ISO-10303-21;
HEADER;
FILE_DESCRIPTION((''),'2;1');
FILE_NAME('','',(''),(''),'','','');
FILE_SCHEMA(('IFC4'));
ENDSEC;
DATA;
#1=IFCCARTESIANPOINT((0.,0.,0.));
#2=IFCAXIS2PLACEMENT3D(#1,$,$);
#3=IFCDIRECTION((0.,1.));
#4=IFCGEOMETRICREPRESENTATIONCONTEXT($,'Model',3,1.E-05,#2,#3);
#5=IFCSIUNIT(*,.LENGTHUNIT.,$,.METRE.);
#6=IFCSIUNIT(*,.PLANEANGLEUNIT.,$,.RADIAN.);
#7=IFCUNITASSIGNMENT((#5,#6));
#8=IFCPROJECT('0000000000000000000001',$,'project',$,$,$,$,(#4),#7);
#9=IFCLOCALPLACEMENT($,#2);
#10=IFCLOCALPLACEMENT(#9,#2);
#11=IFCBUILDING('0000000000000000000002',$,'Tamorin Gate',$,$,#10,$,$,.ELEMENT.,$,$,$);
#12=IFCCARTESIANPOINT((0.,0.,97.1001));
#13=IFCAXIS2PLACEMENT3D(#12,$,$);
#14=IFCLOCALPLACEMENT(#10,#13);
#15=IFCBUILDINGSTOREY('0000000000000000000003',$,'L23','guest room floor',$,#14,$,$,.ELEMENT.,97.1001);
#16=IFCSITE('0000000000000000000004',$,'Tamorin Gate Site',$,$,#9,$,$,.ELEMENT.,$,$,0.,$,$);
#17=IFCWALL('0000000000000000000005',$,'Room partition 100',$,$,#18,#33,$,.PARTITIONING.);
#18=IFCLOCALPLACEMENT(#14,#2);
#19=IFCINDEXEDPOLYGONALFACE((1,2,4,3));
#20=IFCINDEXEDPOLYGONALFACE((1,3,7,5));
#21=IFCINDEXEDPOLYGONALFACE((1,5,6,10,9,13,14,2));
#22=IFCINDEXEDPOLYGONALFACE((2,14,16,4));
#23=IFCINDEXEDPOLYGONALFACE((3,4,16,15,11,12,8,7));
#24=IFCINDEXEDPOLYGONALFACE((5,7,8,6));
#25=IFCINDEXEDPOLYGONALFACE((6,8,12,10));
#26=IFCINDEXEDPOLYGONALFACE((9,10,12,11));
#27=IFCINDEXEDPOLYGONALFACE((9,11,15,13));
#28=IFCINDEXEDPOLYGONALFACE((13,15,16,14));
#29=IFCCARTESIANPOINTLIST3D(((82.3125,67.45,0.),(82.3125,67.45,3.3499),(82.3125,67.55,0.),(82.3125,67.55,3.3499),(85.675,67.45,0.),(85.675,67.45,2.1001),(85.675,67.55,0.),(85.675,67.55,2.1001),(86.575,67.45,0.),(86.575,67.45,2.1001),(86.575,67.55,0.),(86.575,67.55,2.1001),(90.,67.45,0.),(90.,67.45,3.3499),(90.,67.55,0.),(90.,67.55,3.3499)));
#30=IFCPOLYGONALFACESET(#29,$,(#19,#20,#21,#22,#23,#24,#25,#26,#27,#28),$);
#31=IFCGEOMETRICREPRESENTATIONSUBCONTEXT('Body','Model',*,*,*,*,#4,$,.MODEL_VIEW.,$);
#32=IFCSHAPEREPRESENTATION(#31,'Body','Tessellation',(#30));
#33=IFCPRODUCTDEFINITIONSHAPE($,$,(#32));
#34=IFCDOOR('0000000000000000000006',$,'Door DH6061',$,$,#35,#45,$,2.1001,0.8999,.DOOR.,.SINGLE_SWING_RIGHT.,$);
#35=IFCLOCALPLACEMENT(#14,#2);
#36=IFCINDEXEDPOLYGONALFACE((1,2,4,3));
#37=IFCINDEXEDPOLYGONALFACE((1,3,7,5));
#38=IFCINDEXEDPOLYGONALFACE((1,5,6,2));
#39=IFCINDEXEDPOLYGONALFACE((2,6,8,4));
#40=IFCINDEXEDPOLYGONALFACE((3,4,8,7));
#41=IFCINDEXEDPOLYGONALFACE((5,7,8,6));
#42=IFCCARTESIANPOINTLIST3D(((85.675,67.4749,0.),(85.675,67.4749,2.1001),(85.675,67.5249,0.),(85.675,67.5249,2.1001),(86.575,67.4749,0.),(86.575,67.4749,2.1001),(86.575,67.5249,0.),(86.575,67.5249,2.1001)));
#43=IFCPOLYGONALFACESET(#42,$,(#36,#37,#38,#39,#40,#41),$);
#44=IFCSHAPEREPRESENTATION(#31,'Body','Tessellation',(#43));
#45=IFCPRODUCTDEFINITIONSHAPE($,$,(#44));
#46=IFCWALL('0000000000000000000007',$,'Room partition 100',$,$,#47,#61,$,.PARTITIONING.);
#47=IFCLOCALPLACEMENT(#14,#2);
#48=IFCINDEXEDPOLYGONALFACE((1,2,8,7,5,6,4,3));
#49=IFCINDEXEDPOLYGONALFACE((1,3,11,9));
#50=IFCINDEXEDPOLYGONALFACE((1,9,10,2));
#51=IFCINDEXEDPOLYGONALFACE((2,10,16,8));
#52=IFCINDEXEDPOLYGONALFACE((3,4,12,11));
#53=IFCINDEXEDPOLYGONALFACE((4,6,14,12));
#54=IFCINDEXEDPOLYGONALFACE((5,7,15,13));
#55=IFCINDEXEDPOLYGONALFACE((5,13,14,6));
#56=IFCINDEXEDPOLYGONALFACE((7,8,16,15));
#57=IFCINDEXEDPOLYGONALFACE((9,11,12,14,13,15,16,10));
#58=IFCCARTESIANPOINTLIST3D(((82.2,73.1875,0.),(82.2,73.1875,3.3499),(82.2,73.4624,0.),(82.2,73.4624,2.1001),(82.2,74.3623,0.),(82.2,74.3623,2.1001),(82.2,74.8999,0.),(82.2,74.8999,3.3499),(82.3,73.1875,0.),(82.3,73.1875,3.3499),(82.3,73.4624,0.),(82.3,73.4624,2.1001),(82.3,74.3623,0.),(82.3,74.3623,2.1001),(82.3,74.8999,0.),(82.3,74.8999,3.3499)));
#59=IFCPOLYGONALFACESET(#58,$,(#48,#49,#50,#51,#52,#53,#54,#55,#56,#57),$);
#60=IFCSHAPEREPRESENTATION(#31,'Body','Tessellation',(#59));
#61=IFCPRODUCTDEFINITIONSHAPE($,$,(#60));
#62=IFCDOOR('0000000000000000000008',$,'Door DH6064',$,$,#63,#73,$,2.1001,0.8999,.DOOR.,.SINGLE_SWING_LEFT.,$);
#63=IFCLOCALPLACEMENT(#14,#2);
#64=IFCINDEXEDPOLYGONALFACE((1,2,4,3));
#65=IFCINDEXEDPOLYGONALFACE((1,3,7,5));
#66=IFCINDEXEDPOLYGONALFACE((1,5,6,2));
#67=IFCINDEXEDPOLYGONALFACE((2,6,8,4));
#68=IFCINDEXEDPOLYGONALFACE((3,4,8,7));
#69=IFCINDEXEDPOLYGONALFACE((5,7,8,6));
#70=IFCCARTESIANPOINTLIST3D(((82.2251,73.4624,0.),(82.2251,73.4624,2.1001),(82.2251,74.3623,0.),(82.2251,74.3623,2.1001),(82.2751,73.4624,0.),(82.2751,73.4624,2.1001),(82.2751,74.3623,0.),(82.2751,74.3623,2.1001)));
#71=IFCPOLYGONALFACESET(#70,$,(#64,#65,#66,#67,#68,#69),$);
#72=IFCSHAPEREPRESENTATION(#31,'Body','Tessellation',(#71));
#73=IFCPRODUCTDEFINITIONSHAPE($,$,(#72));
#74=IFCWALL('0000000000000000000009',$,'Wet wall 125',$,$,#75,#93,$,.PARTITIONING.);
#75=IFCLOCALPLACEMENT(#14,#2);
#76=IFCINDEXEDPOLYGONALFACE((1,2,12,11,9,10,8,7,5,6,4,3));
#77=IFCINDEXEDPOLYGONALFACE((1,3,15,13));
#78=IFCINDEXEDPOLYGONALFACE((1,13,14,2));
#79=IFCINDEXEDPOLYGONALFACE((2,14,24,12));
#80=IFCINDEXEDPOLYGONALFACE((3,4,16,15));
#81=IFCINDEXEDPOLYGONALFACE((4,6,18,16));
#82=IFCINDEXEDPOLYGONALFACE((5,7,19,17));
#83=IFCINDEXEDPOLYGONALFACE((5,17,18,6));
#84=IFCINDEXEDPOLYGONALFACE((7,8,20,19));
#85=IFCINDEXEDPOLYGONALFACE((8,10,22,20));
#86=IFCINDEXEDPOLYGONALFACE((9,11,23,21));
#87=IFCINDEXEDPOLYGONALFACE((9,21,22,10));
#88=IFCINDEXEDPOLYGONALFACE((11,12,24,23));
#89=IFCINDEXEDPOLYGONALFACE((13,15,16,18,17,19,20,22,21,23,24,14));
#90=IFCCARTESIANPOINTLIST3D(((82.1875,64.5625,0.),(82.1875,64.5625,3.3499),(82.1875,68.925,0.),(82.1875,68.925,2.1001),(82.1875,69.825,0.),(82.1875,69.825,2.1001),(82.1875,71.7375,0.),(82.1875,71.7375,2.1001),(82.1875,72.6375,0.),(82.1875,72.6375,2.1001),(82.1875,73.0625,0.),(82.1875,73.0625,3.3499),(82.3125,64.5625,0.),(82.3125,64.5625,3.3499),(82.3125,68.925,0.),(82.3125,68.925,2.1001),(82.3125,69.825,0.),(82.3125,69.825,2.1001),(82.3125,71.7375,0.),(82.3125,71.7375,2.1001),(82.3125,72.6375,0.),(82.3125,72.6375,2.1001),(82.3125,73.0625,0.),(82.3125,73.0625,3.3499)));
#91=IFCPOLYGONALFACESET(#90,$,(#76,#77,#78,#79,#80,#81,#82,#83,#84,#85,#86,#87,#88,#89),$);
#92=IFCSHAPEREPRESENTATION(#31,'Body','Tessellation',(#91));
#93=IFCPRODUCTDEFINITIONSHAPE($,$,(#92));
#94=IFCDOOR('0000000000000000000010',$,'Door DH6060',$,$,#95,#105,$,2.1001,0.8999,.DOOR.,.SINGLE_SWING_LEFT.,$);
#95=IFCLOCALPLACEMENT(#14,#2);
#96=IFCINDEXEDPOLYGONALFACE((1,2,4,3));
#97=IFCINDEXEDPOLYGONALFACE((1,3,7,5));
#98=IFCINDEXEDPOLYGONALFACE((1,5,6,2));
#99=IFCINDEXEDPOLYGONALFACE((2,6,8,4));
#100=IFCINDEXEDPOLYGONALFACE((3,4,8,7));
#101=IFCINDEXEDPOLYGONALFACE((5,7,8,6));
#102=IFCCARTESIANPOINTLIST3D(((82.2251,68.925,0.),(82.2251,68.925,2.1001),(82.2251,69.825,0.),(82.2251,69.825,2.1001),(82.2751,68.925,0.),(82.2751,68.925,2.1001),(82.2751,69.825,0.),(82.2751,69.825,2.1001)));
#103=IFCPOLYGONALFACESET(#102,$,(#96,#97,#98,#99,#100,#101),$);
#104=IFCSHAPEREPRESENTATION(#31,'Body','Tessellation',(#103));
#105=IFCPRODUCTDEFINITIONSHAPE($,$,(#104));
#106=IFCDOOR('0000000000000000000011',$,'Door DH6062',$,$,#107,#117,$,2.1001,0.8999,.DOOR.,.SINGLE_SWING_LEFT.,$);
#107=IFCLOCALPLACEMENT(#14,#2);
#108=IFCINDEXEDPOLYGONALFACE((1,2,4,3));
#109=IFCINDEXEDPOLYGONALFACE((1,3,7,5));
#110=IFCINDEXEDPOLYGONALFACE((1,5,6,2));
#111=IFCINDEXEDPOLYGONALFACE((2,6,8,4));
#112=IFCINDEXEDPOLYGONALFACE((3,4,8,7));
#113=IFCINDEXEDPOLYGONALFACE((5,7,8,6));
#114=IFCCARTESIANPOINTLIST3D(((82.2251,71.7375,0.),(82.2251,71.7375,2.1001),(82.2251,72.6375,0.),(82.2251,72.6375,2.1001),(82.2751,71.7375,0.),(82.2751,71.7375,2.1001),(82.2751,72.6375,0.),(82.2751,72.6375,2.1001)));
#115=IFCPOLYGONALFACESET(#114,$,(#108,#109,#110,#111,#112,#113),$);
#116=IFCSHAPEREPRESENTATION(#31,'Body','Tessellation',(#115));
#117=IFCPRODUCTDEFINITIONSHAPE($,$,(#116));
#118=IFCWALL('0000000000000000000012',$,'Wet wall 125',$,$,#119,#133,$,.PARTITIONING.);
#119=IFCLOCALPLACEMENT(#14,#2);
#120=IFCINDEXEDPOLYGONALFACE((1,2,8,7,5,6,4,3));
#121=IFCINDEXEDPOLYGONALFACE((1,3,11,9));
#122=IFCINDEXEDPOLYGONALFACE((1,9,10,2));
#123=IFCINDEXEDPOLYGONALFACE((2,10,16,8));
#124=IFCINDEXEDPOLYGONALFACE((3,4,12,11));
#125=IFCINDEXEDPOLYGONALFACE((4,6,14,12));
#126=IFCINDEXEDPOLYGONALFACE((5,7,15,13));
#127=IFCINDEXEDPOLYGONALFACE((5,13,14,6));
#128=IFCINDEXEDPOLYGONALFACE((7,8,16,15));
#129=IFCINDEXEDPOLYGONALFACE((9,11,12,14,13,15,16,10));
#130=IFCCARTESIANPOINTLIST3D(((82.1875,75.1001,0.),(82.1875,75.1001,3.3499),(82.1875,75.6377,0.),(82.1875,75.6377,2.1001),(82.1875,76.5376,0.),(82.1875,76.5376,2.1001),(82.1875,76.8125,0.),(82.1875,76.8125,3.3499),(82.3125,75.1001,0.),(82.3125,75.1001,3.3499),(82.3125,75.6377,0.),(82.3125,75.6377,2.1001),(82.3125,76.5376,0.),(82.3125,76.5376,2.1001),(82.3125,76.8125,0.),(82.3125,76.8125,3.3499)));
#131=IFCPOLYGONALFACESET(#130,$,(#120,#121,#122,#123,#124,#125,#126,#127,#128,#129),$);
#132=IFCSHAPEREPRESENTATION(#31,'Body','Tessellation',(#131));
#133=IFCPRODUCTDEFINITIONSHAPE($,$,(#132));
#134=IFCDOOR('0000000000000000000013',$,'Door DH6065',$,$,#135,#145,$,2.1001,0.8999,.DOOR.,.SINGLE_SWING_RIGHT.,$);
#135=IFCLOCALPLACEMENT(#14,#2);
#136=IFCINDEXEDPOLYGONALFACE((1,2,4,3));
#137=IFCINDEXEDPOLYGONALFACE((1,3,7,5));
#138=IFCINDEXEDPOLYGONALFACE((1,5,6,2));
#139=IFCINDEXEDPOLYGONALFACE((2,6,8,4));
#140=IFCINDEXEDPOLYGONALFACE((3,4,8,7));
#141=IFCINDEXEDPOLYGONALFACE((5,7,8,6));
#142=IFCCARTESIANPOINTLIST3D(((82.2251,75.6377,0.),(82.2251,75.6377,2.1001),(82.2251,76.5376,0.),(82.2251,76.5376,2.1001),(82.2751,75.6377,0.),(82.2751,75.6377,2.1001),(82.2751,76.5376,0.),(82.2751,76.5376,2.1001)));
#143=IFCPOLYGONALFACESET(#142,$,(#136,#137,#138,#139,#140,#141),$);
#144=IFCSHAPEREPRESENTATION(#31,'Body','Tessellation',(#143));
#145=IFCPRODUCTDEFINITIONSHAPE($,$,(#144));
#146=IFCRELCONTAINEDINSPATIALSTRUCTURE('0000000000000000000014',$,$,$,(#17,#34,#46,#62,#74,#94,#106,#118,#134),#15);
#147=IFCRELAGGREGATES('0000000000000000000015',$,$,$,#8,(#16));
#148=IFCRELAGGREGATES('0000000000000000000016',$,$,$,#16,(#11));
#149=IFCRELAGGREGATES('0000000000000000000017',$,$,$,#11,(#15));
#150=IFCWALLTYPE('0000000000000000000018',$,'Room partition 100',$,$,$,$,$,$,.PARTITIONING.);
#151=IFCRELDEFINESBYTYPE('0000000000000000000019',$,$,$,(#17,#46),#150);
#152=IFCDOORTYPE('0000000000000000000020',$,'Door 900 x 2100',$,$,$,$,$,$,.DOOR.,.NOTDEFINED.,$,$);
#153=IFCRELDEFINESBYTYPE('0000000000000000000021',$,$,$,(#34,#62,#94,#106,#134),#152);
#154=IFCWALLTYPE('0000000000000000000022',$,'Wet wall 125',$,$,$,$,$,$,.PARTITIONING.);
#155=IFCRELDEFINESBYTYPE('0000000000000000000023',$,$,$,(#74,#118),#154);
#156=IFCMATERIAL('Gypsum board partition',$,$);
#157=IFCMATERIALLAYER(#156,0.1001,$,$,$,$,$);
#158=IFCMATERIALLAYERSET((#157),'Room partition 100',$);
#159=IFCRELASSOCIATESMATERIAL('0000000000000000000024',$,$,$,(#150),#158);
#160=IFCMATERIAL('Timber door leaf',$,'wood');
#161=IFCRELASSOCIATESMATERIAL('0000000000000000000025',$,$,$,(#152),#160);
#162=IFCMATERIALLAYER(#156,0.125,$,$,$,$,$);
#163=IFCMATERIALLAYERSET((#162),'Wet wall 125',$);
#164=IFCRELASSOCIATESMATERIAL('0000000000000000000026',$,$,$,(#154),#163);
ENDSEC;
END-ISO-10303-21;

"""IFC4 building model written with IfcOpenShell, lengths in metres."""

from ifc_helpers import new_model, si_unit, direction, frame, frame_2d, origin, place, context, subcontext, project, spatial, rectangle, extrude, material, layer, layer_set, type_object, element, fill, save


model = new_model("IFC4")

# Units and contexts
model_context = context("Model", 3, precision=1e-05, world=origin(), true_north=direction((0.0, 1.0)))
body_context = subcontext(model_context, "Body", "Model", "MODEL_VIEW")
ifc_project = project(units=[si_unit("LENGTHUNIT", "METRE"), si_unit("PLANEANGLEUNIT", "RADIAN")], contexts=[model_context])

# Site, building, storey
site_placement = place(None, origin())
site = spatial("IfcSite", under=ifc_project, at=site_placement, Name="Tamorin Gate Site", CompositionType="ELEMENT", RefElevation=0.0)
building_placement = place(site_placement, origin())
building = spatial("IfcBuilding", under=site, at=building_placement, Name="Tamorin Gate", CompositionType="ELEMENT")
storey_placement = place(building_placement, frame((0.0, 0.0, 97.1001)))
storey = spatial("IfcBuildingStorey", under=building, at=storey_placement, Name="L23", Description="guest room floor", CompositionType="ELEMENT", Elevation=97.1001)

# Walls, openings, doors
ifc_material_1 = material(Name="Gypsum board partition")
ifc_layer_1 = layer(ifc_material_1, 0.1001)
ifc_layer_set_1 = layer_set([ifc_layer_1], Name="Room partition 100")
wall_type_1 = type_object("IfcWallType", Name="Room partition 100", PredefinedType="PARTITIONING", material=ifc_layer_set_1)
wall_1_placement = place(storey_placement, frame((82.3125, 67.5, 0.0), z_axis=(0.0, 0.0, 1.0), x_axis=(1.0, 0.0, 0.0)))
wall_1 = element("IfcWall", 1, at=wall_1_placement, inside=storey, type_object=wall_type_1, Name="Room partition 100", PredefinedType="PARTITIONING", context=body_context, shape_type="SweptSolid", body=[
    extrude(rectangle(XDim=7.6875, YDim=0.1001, at=frame_2d((3.8438, 0.0))), origin(), (0.0, 0.0, 1.0), 3.3499),
])
opening_1_placement = place(wall_1_placement, frame((3.3625, 0.0, 0.0)))
opening_1 = element("IfcOpeningElement", 2, at=opening_1_placement, cuts=wall_1, PredefinedType="OPENING", context=body_context, shape_type="SweptSolid", body=[
    extrude(rectangle(XDim=0.8999, YDim=2.1001, at=frame_2d((0.45, 1.05))), frame((0.0, 0.0601, 0.0), z_axis=(0.0, -1.0, 0.0), x_axis=(1.0, 0.0, 0.0)), (0.0, 0.0, 1.0), 0.1201),
])
ifc_material_2 = material(Name="Timber door leaf", Category="wood")
door_type = type_object("IfcDoorType", Name="Door 900 x 2100", OperationType="NOTDEFINED", PredefinedType="DOOR", material=ifc_material_2)
door_1_placement = place(opening_1_placement, origin())
door_1 = element("IfcDoor", 3, at=door_1_placement, inside=storey, type_object=door_type, Name="Door DH6061", OperationType="SINGLE_SWING_RIGHT", OverallHeight=2.1001, OverallWidth=0.8999, PredefinedType="DOOR", context=body_context, shape_type="SweptSolid", body=[
    extrude(rectangle(XDim=0.8999, YDim=2.1001, at=frame_2d((0.45, 1.05))), frame((0.0, 0.0249, 0.0), z_axis=(0.0, -1.0, 0.0), x_axis=(1.0, 0.0, 0.0)), (0.0, 0.0, 1.0), 0.05),
])
fill(opening_1, door_1)
wall_2_placement = place(storey_placement, frame((82.25, 73.1875, 0.0), z_axis=(0.0, 0.0, 1.0), x_axis=(0.0, 1.0, 0.0)))
wall_2 = element("IfcWall", 4, at=wall_2_placement, inside=storey, type_object=wall_type_1, Name="Room partition 100", PredefinedType="PARTITIONING", context=body_context, shape_type="SweptSolid", body=[
    extrude(rectangle(XDim=1.7124, YDim=0.1001, at=frame_2d((0.8562, 0.0))), origin(), (0.0, 0.0, 1.0), 3.3499),
])
opening_2_placement = place(wall_2_placement, frame((0.2749, 0.0, 0.0)))
opening_2 = element("IfcOpeningElement", 5, at=opening_2_placement, cuts=wall_2, PredefinedType="OPENING", context=body_context, shape_type="SweptSolid", body=[
    extrude(rectangle(XDim=0.8999, YDim=2.1001, at=frame_2d((0.45, 1.05))), frame((0.0, 0.0601, 0.0), z_axis=(0.0, -1.0, 0.0), x_axis=(1.0, 0.0, 0.0)), (0.0, 0.0, 1.0), 0.1201),
])
door_2_placement = place(opening_2_placement, origin())
door_2 = element("IfcDoor", 6, at=door_2_placement, inside=storey, type_object=door_type, Name="Door DH6064", OperationType="SINGLE_SWING_LEFT", OverallHeight=2.1001, OverallWidth=0.8999, PredefinedType="DOOR", context=body_context, shape_type="SweptSolid", body=[
    extrude(rectangle(XDim=0.8999, YDim=2.1001, at=frame_2d((0.45, 1.05))), frame((0.0, 0.0249, 0.0), z_axis=(0.0, -1.0, 0.0), x_axis=(1.0, 0.0, 0.0)), (0.0, 0.0, 1.0), 0.05),
])
fill(opening_2, door_2)

# Wall, openings, doors
ifc_layer_2 = layer(ifc_material_1, 0.125)
ifc_layer_set_2 = layer_set([ifc_layer_2], Name="Wet wall 125")
wall_type_2 = type_object("IfcWallType", Name="Wet wall 125", PredefinedType="PARTITIONING", material=ifc_layer_set_2)
wall_3_placement = place(storey_placement, frame((82.25, 64.5625, 0.0), z_axis=(0.0, 0.0, 1.0), x_axis=(0.0, 1.0, 0.0)))
wall_3 = element("IfcWall", 7, at=wall_3_placement, inside=storey, type_object=wall_type_2, Name="Wet wall 125", PredefinedType="PARTITIONING", context=body_context, shape_type="SweptSolid", body=[
    extrude(rectangle(XDim=8.5, YDim=0.125, at=frame_2d((4.25, 0.0))), origin(), (0.0, 0.0, 1.0), 3.3499),
])
opening_3_placement = place(wall_3_placement, frame((4.3625, 0.0, 0.0)))
opening_3 = element("IfcOpeningElement", 8, at=opening_3_placement, cuts=wall_3, PredefinedType="OPENING", context=body_context, shape_type="SweptSolid", body=[
    extrude(rectangle(XDim=0.8999, YDim=2.1001, at=frame_2d((0.45, 1.05))), frame((0.0, 0.0725, 0.0), z_axis=(0.0, -1.0, 0.0), x_axis=(1.0, 0.0, 0.0)), (0.0, 0.0, 1.0), 0.145),
])
opening_4_placement = place(wall_3_placement, frame((7.175, 0.0, 0.0)))
opening_4 = element("IfcOpeningElement", 9, at=opening_4_placement, cuts=wall_3, PredefinedType="OPENING", context=body_context, shape_type="SweptSolid", body=[
    extrude(rectangle(XDim=0.8999, YDim=2.1001, at=frame_2d((0.45, 1.05))), frame((0.0, 0.0725, 0.0), z_axis=(0.0, -1.0, 0.0), x_axis=(1.0, 0.0, 0.0)), (0.0, 0.0, 1.0), 0.145),
])
door_3_placement = place(opening_3_placement, origin())
door_3 = element("IfcDoor", 10, at=door_3_placement, inside=storey, type_object=door_type, Name="Door DH6060", OperationType="SINGLE_SWING_LEFT", OverallHeight=2.1001, OverallWidth=0.8999, PredefinedType="DOOR", context=body_context, shape_type="SweptSolid", body=[
    extrude(rectangle(XDim=0.8999, YDim=2.1001, at=frame_2d((0.45, 1.05))), frame((0.0, 0.0249, 0.0), z_axis=(0.0, -1.0, 0.0), x_axis=(1.0, 0.0, 0.0)), (0.0, 0.0, 1.0), 0.05),
])
fill(opening_3, door_3)
door_4_placement = place(opening_4_placement, origin())
door_4 = element("IfcDoor", 11, at=door_4_placement, inside=storey, type_object=door_type, Name="Door DH6062", OperationType="SINGLE_SWING_LEFT", OverallHeight=2.1001, OverallWidth=0.8999, PredefinedType="DOOR", context=body_context, shape_type="SweptSolid", body=[
    extrude(rectangle(XDim=0.8999, YDim=2.1001, at=frame_2d((0.45, 1.05))), frame((0.0, 0.0249, 0.0), z_axis=(0.0, -1.0, 0.0), x_axis=(1.0, 0.0, 0.0)), (0.0, 0.0, 1.0), 0.05),
])
fill(opening_4, door_4)

# Wall, opening, door
wall_4_placement = place(storey_placement, frame((82.25, 75.1001, 0.0), z_axis=(0.0, 0.0, 1.0), x_axis=(0.0, 1.0, 0.0)))
wall_4 = element("IfcWall", 12, at=wall_4_placement, inside=storey, type_object=wall_type_2, Name="Wet wall 125", PredefinedType="PARTITIONING", context=body_context, shape_type="SweptSolid", body=[
    extrude(rectangle(XDim=1.7124, YDim=0.125, at=frame_2d((0.8562, 0.0))), origin(), (0.0, 0.0, 1.0), 3.3499),
])
opening_5_placement = place(wall_4_placement, frame((0.5376, 0.0, 0.0)))
opening_5 = element("IfcOpeningElement", 13, at=opening_5_placement, cuts=wall_4, PredefinedType="OPENING", context=body_context, shape_type="SweptSolid", body=[
    extrude(rectangle(XDim=0.8999, YDim=2.1001, at=frame_2d((0.45, 1.05))), frame((0.0, 0.0725, 0.0), z_axis=(0.0, -1.0, 0.0), x_axis=(1.0, 0.0, 0.0)), (0.0, 0.0, 1.0), 0.145),
])
door_5_placement = place(opening_5_placement, origin())
door_5 = element("IfcDoor", 14, at=door_5_placement, inside=storey, type_object=door_type, Name="Door DH6065", OperationType="SINGLE_SWING_RIGHT", OverallHeight=2.1001, OverallWidth=0.8999, PredefinedType="DOOR", context=body_context, shape_type="SweptSolid", body=[
    extrude(rectangle(XDim=0.8999, YDim=2.1001, at=frame_2d((0.45, 1.05))), frame((0.0, 0.0249, 0.0), z_axis=(0.0, -1.0, 0.0), x_axis=(1.0, 0.0, 0.0)), (0.0, 0.0, 1.0), 0.05),
])
fill(opening_5, door_5)

save(model, "model.ifc")
